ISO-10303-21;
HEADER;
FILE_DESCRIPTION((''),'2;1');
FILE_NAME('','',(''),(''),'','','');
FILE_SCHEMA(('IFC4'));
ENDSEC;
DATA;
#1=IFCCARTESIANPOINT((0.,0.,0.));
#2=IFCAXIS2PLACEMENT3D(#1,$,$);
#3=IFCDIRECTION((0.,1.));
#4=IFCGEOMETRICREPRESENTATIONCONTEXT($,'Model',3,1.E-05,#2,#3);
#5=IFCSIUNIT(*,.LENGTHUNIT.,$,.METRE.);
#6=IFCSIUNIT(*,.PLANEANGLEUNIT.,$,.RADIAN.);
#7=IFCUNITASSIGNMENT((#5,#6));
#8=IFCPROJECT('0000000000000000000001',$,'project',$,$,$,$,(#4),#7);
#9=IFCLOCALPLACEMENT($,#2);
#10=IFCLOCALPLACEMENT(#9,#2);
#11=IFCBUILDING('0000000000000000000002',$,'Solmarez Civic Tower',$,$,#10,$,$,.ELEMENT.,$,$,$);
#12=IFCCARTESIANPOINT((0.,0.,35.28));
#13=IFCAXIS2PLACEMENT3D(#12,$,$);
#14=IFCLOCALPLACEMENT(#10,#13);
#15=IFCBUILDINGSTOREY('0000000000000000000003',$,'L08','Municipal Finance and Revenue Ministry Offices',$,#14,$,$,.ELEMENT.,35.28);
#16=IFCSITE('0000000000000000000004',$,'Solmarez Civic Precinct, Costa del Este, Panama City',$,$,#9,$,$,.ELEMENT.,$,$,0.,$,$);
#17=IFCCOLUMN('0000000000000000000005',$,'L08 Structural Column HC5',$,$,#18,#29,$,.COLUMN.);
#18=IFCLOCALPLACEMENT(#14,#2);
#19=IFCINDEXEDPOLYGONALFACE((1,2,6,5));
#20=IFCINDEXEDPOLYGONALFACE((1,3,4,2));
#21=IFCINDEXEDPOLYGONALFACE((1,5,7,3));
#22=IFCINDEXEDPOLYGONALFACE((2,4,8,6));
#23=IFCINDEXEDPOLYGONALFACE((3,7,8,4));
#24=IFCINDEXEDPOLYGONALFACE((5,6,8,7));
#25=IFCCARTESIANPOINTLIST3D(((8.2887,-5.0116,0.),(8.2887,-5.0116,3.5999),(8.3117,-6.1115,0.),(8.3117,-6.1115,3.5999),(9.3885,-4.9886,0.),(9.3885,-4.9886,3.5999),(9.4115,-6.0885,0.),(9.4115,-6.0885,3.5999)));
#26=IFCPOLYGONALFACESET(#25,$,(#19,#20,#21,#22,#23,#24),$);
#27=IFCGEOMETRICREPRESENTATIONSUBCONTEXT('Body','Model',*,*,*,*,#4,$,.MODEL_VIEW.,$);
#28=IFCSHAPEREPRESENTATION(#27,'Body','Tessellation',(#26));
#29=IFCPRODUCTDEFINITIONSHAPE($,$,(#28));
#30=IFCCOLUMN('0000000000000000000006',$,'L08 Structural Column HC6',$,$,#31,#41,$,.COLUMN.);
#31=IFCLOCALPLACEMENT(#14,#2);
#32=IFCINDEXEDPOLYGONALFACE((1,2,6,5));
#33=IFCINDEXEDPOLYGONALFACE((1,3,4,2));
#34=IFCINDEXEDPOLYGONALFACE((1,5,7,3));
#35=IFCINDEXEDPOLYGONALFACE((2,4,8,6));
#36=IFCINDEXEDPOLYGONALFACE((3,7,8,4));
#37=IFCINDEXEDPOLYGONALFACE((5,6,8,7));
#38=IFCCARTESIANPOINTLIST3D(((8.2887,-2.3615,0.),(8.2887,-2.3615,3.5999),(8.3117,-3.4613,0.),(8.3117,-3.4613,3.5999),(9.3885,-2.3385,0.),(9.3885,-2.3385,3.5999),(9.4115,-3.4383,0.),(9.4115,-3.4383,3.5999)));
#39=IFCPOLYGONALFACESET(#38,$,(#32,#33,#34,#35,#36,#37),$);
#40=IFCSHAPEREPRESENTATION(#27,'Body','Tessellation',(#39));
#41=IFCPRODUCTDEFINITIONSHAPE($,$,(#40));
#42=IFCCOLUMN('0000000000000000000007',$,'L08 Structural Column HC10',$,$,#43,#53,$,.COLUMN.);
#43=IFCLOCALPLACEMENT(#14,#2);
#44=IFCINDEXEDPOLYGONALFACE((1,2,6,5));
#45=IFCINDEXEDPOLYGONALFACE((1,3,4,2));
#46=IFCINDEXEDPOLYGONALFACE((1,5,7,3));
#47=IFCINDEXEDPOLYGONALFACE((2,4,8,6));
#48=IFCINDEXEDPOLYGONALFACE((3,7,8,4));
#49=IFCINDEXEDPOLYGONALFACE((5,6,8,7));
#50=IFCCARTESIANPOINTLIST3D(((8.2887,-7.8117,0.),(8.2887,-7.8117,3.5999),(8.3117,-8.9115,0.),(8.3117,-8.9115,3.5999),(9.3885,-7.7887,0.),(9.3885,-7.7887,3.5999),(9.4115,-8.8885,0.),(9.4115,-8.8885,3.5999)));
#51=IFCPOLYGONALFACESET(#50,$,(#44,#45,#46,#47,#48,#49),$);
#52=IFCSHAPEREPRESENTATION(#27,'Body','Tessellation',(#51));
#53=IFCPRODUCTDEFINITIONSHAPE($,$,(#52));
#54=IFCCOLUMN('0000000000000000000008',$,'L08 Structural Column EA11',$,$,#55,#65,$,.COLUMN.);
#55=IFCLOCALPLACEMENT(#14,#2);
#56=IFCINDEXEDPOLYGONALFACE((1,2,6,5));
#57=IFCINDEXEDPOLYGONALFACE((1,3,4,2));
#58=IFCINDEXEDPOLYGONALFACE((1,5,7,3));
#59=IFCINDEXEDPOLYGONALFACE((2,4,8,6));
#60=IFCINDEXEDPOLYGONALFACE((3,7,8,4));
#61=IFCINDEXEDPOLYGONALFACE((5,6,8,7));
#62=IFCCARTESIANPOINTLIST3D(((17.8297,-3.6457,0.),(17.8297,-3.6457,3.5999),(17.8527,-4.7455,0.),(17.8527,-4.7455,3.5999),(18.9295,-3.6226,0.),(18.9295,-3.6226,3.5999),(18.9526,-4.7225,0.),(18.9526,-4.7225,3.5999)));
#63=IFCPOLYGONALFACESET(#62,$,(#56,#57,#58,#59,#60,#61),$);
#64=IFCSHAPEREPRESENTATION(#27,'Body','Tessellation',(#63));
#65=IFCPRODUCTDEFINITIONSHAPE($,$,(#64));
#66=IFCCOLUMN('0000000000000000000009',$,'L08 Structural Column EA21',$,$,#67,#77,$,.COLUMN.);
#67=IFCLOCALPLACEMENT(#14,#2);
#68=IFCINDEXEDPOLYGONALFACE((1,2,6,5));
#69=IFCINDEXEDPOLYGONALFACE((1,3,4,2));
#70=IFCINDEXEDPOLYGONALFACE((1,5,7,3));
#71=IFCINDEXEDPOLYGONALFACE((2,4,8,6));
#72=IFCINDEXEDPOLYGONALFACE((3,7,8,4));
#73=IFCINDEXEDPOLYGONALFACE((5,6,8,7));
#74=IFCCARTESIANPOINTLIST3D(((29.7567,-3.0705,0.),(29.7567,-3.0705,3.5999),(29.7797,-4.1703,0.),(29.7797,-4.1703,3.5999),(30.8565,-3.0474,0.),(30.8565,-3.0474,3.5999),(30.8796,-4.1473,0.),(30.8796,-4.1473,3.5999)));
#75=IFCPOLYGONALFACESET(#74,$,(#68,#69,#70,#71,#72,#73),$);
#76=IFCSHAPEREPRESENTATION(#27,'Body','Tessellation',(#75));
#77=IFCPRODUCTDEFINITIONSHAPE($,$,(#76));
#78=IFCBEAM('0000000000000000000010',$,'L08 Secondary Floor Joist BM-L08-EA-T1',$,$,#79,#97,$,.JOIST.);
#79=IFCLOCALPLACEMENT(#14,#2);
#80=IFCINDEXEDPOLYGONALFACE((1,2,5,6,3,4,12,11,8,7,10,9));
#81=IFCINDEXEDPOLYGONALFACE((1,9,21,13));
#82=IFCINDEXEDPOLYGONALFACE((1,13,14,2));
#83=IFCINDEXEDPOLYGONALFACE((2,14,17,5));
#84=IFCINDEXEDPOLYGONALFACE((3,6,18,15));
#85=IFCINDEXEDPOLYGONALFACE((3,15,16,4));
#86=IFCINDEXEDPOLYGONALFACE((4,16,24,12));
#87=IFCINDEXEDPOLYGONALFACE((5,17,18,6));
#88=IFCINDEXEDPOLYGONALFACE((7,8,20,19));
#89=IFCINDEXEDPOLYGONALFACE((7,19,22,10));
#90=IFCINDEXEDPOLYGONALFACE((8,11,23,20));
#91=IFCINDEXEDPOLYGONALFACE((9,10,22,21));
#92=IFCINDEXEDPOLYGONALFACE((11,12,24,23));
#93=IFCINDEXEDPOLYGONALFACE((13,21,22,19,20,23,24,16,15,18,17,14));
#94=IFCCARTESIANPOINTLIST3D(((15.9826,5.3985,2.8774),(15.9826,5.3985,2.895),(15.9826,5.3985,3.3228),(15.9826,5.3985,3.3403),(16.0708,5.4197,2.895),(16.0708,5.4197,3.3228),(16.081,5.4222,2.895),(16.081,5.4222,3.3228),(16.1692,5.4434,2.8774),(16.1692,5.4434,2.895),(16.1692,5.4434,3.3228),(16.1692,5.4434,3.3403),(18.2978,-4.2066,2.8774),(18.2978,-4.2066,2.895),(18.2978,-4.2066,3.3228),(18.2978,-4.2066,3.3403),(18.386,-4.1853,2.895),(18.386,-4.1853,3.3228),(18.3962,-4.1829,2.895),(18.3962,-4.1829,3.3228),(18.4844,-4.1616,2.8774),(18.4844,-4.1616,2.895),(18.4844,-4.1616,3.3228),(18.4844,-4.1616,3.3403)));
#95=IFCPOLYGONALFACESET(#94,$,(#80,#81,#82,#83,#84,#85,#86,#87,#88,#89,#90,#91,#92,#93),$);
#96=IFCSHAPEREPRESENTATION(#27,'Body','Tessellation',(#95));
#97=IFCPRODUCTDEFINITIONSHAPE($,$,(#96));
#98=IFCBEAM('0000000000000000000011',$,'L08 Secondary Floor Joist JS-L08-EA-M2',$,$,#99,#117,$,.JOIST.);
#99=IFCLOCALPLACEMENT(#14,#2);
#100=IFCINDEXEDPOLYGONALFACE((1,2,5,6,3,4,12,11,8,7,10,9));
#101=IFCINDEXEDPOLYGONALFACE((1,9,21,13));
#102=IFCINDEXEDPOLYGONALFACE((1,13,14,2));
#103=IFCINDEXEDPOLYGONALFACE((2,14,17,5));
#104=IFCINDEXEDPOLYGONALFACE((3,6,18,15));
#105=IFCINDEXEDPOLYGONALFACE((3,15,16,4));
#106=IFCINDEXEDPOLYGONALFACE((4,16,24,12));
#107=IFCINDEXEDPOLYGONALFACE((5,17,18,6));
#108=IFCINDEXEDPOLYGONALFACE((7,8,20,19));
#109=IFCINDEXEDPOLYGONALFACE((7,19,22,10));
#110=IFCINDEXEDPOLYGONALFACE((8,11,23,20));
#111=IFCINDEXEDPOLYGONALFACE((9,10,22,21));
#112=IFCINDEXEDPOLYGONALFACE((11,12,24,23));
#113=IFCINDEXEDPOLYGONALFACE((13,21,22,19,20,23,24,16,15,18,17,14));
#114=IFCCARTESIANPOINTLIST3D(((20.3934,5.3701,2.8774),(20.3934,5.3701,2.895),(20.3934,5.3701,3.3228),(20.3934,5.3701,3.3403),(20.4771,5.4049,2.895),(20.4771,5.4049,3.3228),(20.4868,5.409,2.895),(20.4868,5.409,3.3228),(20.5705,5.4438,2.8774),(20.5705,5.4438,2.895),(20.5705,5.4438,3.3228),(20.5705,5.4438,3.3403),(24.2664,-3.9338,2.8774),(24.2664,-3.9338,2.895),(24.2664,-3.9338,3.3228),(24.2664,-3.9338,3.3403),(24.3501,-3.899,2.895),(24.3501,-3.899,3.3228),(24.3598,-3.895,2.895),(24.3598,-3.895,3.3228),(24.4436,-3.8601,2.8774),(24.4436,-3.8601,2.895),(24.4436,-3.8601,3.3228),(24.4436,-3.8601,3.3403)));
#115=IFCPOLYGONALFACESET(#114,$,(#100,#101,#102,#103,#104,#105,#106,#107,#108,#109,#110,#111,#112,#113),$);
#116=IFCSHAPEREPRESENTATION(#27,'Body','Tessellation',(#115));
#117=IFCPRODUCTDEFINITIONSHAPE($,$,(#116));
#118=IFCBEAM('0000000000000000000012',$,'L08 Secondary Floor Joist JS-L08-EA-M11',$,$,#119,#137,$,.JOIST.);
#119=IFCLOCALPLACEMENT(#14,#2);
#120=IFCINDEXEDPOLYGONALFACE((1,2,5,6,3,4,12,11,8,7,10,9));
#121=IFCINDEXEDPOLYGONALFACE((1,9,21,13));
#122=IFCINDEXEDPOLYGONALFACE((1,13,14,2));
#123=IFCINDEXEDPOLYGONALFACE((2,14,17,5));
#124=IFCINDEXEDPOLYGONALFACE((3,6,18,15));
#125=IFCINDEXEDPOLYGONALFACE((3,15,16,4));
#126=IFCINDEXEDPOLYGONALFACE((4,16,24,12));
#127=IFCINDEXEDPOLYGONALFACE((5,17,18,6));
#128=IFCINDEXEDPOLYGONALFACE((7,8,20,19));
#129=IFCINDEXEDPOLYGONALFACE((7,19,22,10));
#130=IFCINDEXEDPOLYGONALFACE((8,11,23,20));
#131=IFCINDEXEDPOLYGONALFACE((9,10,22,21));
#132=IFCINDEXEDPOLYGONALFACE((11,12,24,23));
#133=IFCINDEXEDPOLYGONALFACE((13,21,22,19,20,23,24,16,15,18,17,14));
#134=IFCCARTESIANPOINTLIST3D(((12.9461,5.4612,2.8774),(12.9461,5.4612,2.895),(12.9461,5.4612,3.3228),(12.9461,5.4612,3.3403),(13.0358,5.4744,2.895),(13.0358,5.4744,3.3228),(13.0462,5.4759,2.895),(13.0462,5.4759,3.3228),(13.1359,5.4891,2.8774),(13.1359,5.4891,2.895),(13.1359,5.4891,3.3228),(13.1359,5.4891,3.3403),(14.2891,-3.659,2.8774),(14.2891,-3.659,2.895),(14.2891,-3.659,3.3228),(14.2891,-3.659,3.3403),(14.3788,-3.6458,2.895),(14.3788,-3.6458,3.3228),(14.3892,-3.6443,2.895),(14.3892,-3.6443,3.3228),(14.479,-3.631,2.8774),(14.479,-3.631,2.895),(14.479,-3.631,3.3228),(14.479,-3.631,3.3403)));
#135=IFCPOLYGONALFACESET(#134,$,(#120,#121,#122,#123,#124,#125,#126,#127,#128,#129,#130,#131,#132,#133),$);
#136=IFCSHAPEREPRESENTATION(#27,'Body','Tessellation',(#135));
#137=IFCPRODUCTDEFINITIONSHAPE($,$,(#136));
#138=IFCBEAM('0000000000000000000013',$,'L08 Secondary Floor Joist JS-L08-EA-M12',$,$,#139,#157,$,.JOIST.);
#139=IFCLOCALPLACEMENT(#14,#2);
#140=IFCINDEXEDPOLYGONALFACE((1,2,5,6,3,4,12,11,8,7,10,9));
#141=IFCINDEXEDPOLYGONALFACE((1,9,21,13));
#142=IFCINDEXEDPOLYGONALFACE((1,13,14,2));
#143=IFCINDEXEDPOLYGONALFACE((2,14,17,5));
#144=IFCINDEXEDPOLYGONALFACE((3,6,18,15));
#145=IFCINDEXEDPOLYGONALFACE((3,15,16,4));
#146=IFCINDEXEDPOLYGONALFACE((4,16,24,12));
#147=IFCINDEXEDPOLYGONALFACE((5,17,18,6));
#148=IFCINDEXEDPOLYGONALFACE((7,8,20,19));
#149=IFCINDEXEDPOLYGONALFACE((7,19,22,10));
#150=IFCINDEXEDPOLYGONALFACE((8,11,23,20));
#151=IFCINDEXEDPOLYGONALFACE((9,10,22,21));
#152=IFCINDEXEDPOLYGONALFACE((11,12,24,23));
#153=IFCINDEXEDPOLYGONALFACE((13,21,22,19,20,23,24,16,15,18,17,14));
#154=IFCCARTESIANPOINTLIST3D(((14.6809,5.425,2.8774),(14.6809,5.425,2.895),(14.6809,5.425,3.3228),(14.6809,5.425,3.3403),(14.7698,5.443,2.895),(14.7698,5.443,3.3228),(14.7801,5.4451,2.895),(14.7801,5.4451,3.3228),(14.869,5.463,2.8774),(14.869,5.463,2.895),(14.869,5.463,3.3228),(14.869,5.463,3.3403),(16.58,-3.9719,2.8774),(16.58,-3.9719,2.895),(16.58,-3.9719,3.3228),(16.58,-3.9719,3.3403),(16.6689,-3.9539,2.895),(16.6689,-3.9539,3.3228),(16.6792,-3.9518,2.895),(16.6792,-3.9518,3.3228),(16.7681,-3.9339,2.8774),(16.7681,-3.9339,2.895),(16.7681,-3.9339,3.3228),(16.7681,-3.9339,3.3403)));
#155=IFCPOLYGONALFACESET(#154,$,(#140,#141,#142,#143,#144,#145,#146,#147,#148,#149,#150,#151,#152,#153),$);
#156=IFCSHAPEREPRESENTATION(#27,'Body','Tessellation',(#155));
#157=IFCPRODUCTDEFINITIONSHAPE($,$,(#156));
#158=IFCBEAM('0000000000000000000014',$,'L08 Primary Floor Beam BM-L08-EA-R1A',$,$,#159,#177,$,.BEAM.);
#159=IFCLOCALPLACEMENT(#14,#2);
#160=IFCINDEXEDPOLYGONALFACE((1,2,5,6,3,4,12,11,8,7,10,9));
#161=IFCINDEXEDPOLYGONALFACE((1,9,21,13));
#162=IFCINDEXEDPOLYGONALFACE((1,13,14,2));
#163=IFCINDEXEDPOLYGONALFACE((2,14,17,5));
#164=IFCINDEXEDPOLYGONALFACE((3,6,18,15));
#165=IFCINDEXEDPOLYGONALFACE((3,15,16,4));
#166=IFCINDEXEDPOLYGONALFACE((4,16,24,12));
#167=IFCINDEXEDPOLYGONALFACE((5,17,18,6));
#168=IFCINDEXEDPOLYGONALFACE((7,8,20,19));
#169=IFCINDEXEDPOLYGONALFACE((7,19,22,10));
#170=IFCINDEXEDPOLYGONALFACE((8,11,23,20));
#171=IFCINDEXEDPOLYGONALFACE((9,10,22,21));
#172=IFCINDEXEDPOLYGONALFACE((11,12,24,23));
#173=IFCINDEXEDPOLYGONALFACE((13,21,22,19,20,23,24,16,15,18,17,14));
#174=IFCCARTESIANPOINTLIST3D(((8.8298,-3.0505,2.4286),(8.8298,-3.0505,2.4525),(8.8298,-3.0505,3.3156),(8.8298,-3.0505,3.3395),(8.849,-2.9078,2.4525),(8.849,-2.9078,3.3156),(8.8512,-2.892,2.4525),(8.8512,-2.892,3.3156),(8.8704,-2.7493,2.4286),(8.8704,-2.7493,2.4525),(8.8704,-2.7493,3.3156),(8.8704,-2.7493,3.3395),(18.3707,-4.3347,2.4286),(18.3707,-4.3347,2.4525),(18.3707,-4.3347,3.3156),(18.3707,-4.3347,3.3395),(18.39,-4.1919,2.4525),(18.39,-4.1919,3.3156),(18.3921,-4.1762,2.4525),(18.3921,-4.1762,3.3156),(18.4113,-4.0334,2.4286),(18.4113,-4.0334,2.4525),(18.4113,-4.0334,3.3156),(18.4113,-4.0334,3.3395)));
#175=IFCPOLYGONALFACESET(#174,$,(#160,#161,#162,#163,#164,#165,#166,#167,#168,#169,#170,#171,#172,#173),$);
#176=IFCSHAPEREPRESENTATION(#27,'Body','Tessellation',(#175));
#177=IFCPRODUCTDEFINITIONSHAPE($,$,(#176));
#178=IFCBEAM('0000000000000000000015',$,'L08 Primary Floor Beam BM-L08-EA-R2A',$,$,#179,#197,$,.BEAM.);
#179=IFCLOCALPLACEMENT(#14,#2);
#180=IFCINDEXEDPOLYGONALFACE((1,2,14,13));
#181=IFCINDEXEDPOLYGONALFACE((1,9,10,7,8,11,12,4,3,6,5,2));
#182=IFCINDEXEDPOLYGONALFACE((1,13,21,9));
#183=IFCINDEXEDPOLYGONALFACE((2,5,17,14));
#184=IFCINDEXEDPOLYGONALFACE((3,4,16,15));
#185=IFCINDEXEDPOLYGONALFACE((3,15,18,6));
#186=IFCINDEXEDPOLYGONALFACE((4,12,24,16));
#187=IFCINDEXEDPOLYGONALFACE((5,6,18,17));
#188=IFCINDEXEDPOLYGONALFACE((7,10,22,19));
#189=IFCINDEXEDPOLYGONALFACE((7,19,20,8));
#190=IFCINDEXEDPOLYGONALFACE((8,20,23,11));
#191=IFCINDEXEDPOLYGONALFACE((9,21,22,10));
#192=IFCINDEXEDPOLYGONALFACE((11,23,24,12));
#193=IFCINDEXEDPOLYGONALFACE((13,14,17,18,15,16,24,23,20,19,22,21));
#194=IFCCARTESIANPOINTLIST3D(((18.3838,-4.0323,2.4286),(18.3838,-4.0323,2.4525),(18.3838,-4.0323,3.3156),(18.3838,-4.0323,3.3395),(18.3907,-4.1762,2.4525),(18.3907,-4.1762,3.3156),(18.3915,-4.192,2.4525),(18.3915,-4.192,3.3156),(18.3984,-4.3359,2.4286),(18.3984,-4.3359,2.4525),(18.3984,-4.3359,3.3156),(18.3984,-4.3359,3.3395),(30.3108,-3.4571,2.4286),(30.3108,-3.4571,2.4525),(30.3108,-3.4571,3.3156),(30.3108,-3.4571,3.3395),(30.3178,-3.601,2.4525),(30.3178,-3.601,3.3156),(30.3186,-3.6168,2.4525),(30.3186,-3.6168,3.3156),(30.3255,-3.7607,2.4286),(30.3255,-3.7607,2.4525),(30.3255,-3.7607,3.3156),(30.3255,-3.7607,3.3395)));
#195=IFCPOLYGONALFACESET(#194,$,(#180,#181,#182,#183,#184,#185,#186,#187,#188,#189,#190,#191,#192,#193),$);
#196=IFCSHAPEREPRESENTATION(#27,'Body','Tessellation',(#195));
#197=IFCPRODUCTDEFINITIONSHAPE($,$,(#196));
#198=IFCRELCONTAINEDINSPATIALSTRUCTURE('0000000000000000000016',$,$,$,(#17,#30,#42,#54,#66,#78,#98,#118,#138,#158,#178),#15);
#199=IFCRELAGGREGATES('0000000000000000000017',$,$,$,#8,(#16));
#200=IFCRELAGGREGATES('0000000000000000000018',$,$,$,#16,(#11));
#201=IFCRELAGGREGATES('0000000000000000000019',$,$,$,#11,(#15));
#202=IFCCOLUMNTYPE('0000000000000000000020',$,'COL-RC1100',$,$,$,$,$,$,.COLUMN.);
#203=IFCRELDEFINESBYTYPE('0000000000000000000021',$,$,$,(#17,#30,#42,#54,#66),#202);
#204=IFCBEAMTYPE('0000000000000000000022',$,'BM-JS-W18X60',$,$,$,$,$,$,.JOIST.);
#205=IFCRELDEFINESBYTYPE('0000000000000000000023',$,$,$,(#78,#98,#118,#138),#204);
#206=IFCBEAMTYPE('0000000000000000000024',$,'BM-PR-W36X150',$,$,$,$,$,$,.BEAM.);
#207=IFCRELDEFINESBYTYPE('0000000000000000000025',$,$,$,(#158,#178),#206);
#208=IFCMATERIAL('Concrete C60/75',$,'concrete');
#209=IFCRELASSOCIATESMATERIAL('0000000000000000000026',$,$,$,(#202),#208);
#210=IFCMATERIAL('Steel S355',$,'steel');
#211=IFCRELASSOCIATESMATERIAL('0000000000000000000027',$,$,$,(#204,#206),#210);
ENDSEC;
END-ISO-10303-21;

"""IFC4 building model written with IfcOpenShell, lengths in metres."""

from ifc_helpers import new_model, si_unit, direction, frame, origin, origin_2d, place, context, subcontext, project, spatial, rectangle, i_section, extrude, material, material_profile, profile_set, type_object, element, save


model = new_model("IFC4")

# Units and contexts
model_context = context("Model", 3, precision=1e-05, world=origin(), true_north=direction((0.0, 1.0)))
body_context = subcontext(model_context, "Body", "Model", "MODEL_VIEW")
ifc_project = project(units=[si_unit("LENGTHUNIT", "METRE"), si_unit("PLANEANGLEUNIT", "RADIAN")], contexts=[model_context])

# Site, building, storey
site_placement = place(None, origin())
site = spatial("IfcSite", under=ifc_project, at=site_placement, Name="Solmarez Civic Precinct, Costa del Este, Panama City", CompositionType="ELEMENT", RefElevation=0.0)
building_placement = place(site_placement, origin())
building = spatial("IfcBuilding", under=site, at=building_placement, Name="Solmarez Civic Tower", CompositionType="ELEMENT")
storey_placement = place(building_placement, frame((0.0, 0.0, 35.28)))
storey = spatial("IfcBuildingStorey", under=building, at=storey_placement, Name="L08", Description="Municipal Finance and Revenue Ministry Offices", CompositionType="ELEMENT", Elevation=35.28)

# Columns
ifc_material_1 = material(Name="Concrete C60/75", Category="concrete")
ifc_material_profile_1 = material_profile(ifc_material_1, rectangle(XDim=1.1001, YDim=1.1001, at=origin_2d()), Name="RC1100X1100")
ifc_profile_set_1 = profile_set([ifc_material_profile_1], Name="Concrete C60/75")
column_type = type_object("IfcColumnType", Name="COL-RC1100", PredefinedType="COLUMN", material=ifc_profile_set_1)
for number, where, z_axis, x_axis, name in (
    (1, (8.8501, -5.55, 0.0), (0.0, 0.0, 1.0), (0.999781, 0.020942, 0.0), "L08 Structural Column HC5"),
    (2, (8.8501, -2.8999, 0.0), (0.0, 0.0, 1.0), (0.999781, 0.020942, 0.0), "L08 Structural Column HC6"),
    (3, (8.8501, -8.3501, 0.0), (0.0, 0.0, 1.0), (0.999781, 0.020942, 0.0), "L08 Structural Column HC10"),
    (4, (18.3911, -4.1841, 0.0), (0.0, 0.0, 1.0), (0.999781, 0.020942, 0.0), "L08 Structural Column EA11"),
    (5, (30.3181, -3.6089, 0.0), (0.0, 0.0, 1.0), (0.999781, 0.020942, 0.0), "L08 Structural Column EA21"),
):
    element("IfcColumn", number, at=place(storey_placement, frame(where, z_axis=z_axis, x_axis=x_axis)), inside=storey, type_object=column_type, Name=name, PredefinedType="COLUMN", context=body_context, shape_type="SweptSolid", body=[
        extrude(rectangle(XDim=1.1001, YDim=1.1001, at=origin_2d()), origin(), (0.0, 0.0, 1.0), 3.5999),
    ])

# Beams
ifc_material_2 = material(Name="Steel S355", Category="steel")
ifc_material_profile_2 = material_profile(ifc_material_2, i_section(OverallWidth=0.1919, OverallDepth=0.4629, WebThickness=0.0105, FlangeThickness=0.0176, at=origin_2d()), Name="W18X60")
ifc_profile_set_2 = profile_set([ifc_material_profile_2], Name="Steel S355")
beam_type_1 = type_object("IfcBeamType", Name="BM-JS-W18X60", PredefinedType="JOIST", material=ifc_profile_set_2)
beam_1_placement = place(storey_placement, frame((18.3911, -4.1841, 3.1089), z_axis=(-0.234329, 0.972157, 0.0), x_axis=(-0.972157, -0.234329, 0.0)))
element("IfcBeam", 6, at=beam_1_placement, inside=storey, type_object=beam_type_1, Name="L08 Secondary Floor Joist BM-L08-EA-T1", PredefinedType="JOIST", context=body_context, shape_type="SweptSolid", body=[
    extrude(i_section(OverallWidth=0.1919, OverallDepth=0.4629, WebThickness=0.0105, FlangeThickness=0.0176, at=origin_2d()), origin(), (0.0, 0.0, 1.0), 9.8801),
])
beam_2_placement = place(storey_placement, frame((24.355, -3.897, 3.1089), z_axis=(-0.384311, 0.923204, 0.0), x_axis=(-0.923204, -0.384311, 0.0)))
element("IfcBeam", 7, at=beam_2_placement, inside=storey, type_object=beam_type_1, Name="L08 Secondary Floor Joist JS-L08-EA-M2", PredefinedType="JOIST", context=body_context, shape_type="SweptSolid", body=[
    extrude(i_section(OverallWidth=0.1919, OverallDepth=0.4629, WebThickness=0.0105, FlangeThickness=0.0176, at=origin_2d()), origin(), (0.0, 0.0, 1.0), 10.0779),
])
beam_3_placement = place(storey_placement, frame((14.384, -3.645, 3.1089), z_axis=(-0.145688, 0.989331, 0.0), x_axis=(-0.989331, -0.145688, 0.0)))
element("IfcBeam", 8, at=beam_3_placement, inside=storey, type_object=beam_type_1, Name="L08 Secondary Floor Joist JS-L08-EA-M11", PredefinedType="JOIST", context=body_context, shape_type="SweptSolid", body=[
    extrude(i_section(OverallWidth=0.1919, OverallDepth=0.4629, WebThickness=0.0105, FlangeThickness=0.0176, at=origin_2d()), origin(), (0.0, 0.0, 1.0), 9.2185),
])
beam_4_placement = place(storey_placement, frame((16.6741, -3.9529, 3.1089), z_axis=(-0.198099, 0.980182, 0.0), x_axis=(-0.980182, -0.198099, 0.0)))
element("IfcBeam", 9, at=beam_4_placement, inside=storey, type_object=beam_type_1, Name="L08 Secondary Floor Joist JS-L08-EA-M12", PredefinedType="JOIST", context=body_context, shape_type="SweptSolid", body=[
    extrude(i_section(OverallWidth=0.1919, OverallDepth=0.4629, WebThickness=0.0105, FlangeThickness=0.0176, at=origin_2d()), origin(), (0.0, 0.0, 1.0), 9.5869),
])
ifc_material_profile_3 = material_profile(ifc_material_2, i_section(OverallWidth=0.304, OverallDepth=0.9109, WebThickness=0.0159, FlangeThickness=0.0239, at=origin_2d()), Name="W36X150")
ifc_profile_set_3 = profile_set([ifc_material_profile_3], Name="Steel S355")
beam_type_2 = type_object("IfcBeamType", Name="BM-PR-W36X150", PredefinedType="BEAM", material=ifc_profile_set_3)
beam_5_placement = place(storey_placement, frame((8.8501, -2.8999, 2.884), z_axis=(0.991063, -0.133393, 0.0), x_axis=(0.133393, 0.991063, 0.0)))
element("IfcBeam", 10, at=beam_5_placement, inside=storey, type_object=beam_type_2, Name="L08 Primary Floor Beam BM-L08-EA-R1A", PredefinedType="BEAM", context=body_context, shape_type="SweptSolid", body=[
    extrude(i_section(OverallWidth=0.304, OverallDepth=0.9109, WebThickness=0.0159, FlangeThickness=0.0239, at=origin_2d()), origin(), (0.0, 0.0, 1.0), 9.627),
])
beam_6_placement = place(storey_placement, frame((18.3911, -4.1841, 2.884), z_axis=(0.998839, 0.04817, 0.0), x_axis=(-0.04817, 0.998839, 0.0)))
element("IfcBeam", 11, at=beam_6_placement, inside=storey, type_object=beam_type_2, Name="L08 Primary Floor Beam BM-L08-EA-R2A", PredefinedType="BEAM", context=body_context, shape_type="SweptSolid", body=[
    extrude(i_section(OverallWidth=0.304, OverallDepth=0.9109, WebThickness=0.0159, FlangeThickness=0.0239, at=origin_2d()), origin(), (0.0, 0.0, 1.0), 11.9409),
])

save(model, "model.ifc")
